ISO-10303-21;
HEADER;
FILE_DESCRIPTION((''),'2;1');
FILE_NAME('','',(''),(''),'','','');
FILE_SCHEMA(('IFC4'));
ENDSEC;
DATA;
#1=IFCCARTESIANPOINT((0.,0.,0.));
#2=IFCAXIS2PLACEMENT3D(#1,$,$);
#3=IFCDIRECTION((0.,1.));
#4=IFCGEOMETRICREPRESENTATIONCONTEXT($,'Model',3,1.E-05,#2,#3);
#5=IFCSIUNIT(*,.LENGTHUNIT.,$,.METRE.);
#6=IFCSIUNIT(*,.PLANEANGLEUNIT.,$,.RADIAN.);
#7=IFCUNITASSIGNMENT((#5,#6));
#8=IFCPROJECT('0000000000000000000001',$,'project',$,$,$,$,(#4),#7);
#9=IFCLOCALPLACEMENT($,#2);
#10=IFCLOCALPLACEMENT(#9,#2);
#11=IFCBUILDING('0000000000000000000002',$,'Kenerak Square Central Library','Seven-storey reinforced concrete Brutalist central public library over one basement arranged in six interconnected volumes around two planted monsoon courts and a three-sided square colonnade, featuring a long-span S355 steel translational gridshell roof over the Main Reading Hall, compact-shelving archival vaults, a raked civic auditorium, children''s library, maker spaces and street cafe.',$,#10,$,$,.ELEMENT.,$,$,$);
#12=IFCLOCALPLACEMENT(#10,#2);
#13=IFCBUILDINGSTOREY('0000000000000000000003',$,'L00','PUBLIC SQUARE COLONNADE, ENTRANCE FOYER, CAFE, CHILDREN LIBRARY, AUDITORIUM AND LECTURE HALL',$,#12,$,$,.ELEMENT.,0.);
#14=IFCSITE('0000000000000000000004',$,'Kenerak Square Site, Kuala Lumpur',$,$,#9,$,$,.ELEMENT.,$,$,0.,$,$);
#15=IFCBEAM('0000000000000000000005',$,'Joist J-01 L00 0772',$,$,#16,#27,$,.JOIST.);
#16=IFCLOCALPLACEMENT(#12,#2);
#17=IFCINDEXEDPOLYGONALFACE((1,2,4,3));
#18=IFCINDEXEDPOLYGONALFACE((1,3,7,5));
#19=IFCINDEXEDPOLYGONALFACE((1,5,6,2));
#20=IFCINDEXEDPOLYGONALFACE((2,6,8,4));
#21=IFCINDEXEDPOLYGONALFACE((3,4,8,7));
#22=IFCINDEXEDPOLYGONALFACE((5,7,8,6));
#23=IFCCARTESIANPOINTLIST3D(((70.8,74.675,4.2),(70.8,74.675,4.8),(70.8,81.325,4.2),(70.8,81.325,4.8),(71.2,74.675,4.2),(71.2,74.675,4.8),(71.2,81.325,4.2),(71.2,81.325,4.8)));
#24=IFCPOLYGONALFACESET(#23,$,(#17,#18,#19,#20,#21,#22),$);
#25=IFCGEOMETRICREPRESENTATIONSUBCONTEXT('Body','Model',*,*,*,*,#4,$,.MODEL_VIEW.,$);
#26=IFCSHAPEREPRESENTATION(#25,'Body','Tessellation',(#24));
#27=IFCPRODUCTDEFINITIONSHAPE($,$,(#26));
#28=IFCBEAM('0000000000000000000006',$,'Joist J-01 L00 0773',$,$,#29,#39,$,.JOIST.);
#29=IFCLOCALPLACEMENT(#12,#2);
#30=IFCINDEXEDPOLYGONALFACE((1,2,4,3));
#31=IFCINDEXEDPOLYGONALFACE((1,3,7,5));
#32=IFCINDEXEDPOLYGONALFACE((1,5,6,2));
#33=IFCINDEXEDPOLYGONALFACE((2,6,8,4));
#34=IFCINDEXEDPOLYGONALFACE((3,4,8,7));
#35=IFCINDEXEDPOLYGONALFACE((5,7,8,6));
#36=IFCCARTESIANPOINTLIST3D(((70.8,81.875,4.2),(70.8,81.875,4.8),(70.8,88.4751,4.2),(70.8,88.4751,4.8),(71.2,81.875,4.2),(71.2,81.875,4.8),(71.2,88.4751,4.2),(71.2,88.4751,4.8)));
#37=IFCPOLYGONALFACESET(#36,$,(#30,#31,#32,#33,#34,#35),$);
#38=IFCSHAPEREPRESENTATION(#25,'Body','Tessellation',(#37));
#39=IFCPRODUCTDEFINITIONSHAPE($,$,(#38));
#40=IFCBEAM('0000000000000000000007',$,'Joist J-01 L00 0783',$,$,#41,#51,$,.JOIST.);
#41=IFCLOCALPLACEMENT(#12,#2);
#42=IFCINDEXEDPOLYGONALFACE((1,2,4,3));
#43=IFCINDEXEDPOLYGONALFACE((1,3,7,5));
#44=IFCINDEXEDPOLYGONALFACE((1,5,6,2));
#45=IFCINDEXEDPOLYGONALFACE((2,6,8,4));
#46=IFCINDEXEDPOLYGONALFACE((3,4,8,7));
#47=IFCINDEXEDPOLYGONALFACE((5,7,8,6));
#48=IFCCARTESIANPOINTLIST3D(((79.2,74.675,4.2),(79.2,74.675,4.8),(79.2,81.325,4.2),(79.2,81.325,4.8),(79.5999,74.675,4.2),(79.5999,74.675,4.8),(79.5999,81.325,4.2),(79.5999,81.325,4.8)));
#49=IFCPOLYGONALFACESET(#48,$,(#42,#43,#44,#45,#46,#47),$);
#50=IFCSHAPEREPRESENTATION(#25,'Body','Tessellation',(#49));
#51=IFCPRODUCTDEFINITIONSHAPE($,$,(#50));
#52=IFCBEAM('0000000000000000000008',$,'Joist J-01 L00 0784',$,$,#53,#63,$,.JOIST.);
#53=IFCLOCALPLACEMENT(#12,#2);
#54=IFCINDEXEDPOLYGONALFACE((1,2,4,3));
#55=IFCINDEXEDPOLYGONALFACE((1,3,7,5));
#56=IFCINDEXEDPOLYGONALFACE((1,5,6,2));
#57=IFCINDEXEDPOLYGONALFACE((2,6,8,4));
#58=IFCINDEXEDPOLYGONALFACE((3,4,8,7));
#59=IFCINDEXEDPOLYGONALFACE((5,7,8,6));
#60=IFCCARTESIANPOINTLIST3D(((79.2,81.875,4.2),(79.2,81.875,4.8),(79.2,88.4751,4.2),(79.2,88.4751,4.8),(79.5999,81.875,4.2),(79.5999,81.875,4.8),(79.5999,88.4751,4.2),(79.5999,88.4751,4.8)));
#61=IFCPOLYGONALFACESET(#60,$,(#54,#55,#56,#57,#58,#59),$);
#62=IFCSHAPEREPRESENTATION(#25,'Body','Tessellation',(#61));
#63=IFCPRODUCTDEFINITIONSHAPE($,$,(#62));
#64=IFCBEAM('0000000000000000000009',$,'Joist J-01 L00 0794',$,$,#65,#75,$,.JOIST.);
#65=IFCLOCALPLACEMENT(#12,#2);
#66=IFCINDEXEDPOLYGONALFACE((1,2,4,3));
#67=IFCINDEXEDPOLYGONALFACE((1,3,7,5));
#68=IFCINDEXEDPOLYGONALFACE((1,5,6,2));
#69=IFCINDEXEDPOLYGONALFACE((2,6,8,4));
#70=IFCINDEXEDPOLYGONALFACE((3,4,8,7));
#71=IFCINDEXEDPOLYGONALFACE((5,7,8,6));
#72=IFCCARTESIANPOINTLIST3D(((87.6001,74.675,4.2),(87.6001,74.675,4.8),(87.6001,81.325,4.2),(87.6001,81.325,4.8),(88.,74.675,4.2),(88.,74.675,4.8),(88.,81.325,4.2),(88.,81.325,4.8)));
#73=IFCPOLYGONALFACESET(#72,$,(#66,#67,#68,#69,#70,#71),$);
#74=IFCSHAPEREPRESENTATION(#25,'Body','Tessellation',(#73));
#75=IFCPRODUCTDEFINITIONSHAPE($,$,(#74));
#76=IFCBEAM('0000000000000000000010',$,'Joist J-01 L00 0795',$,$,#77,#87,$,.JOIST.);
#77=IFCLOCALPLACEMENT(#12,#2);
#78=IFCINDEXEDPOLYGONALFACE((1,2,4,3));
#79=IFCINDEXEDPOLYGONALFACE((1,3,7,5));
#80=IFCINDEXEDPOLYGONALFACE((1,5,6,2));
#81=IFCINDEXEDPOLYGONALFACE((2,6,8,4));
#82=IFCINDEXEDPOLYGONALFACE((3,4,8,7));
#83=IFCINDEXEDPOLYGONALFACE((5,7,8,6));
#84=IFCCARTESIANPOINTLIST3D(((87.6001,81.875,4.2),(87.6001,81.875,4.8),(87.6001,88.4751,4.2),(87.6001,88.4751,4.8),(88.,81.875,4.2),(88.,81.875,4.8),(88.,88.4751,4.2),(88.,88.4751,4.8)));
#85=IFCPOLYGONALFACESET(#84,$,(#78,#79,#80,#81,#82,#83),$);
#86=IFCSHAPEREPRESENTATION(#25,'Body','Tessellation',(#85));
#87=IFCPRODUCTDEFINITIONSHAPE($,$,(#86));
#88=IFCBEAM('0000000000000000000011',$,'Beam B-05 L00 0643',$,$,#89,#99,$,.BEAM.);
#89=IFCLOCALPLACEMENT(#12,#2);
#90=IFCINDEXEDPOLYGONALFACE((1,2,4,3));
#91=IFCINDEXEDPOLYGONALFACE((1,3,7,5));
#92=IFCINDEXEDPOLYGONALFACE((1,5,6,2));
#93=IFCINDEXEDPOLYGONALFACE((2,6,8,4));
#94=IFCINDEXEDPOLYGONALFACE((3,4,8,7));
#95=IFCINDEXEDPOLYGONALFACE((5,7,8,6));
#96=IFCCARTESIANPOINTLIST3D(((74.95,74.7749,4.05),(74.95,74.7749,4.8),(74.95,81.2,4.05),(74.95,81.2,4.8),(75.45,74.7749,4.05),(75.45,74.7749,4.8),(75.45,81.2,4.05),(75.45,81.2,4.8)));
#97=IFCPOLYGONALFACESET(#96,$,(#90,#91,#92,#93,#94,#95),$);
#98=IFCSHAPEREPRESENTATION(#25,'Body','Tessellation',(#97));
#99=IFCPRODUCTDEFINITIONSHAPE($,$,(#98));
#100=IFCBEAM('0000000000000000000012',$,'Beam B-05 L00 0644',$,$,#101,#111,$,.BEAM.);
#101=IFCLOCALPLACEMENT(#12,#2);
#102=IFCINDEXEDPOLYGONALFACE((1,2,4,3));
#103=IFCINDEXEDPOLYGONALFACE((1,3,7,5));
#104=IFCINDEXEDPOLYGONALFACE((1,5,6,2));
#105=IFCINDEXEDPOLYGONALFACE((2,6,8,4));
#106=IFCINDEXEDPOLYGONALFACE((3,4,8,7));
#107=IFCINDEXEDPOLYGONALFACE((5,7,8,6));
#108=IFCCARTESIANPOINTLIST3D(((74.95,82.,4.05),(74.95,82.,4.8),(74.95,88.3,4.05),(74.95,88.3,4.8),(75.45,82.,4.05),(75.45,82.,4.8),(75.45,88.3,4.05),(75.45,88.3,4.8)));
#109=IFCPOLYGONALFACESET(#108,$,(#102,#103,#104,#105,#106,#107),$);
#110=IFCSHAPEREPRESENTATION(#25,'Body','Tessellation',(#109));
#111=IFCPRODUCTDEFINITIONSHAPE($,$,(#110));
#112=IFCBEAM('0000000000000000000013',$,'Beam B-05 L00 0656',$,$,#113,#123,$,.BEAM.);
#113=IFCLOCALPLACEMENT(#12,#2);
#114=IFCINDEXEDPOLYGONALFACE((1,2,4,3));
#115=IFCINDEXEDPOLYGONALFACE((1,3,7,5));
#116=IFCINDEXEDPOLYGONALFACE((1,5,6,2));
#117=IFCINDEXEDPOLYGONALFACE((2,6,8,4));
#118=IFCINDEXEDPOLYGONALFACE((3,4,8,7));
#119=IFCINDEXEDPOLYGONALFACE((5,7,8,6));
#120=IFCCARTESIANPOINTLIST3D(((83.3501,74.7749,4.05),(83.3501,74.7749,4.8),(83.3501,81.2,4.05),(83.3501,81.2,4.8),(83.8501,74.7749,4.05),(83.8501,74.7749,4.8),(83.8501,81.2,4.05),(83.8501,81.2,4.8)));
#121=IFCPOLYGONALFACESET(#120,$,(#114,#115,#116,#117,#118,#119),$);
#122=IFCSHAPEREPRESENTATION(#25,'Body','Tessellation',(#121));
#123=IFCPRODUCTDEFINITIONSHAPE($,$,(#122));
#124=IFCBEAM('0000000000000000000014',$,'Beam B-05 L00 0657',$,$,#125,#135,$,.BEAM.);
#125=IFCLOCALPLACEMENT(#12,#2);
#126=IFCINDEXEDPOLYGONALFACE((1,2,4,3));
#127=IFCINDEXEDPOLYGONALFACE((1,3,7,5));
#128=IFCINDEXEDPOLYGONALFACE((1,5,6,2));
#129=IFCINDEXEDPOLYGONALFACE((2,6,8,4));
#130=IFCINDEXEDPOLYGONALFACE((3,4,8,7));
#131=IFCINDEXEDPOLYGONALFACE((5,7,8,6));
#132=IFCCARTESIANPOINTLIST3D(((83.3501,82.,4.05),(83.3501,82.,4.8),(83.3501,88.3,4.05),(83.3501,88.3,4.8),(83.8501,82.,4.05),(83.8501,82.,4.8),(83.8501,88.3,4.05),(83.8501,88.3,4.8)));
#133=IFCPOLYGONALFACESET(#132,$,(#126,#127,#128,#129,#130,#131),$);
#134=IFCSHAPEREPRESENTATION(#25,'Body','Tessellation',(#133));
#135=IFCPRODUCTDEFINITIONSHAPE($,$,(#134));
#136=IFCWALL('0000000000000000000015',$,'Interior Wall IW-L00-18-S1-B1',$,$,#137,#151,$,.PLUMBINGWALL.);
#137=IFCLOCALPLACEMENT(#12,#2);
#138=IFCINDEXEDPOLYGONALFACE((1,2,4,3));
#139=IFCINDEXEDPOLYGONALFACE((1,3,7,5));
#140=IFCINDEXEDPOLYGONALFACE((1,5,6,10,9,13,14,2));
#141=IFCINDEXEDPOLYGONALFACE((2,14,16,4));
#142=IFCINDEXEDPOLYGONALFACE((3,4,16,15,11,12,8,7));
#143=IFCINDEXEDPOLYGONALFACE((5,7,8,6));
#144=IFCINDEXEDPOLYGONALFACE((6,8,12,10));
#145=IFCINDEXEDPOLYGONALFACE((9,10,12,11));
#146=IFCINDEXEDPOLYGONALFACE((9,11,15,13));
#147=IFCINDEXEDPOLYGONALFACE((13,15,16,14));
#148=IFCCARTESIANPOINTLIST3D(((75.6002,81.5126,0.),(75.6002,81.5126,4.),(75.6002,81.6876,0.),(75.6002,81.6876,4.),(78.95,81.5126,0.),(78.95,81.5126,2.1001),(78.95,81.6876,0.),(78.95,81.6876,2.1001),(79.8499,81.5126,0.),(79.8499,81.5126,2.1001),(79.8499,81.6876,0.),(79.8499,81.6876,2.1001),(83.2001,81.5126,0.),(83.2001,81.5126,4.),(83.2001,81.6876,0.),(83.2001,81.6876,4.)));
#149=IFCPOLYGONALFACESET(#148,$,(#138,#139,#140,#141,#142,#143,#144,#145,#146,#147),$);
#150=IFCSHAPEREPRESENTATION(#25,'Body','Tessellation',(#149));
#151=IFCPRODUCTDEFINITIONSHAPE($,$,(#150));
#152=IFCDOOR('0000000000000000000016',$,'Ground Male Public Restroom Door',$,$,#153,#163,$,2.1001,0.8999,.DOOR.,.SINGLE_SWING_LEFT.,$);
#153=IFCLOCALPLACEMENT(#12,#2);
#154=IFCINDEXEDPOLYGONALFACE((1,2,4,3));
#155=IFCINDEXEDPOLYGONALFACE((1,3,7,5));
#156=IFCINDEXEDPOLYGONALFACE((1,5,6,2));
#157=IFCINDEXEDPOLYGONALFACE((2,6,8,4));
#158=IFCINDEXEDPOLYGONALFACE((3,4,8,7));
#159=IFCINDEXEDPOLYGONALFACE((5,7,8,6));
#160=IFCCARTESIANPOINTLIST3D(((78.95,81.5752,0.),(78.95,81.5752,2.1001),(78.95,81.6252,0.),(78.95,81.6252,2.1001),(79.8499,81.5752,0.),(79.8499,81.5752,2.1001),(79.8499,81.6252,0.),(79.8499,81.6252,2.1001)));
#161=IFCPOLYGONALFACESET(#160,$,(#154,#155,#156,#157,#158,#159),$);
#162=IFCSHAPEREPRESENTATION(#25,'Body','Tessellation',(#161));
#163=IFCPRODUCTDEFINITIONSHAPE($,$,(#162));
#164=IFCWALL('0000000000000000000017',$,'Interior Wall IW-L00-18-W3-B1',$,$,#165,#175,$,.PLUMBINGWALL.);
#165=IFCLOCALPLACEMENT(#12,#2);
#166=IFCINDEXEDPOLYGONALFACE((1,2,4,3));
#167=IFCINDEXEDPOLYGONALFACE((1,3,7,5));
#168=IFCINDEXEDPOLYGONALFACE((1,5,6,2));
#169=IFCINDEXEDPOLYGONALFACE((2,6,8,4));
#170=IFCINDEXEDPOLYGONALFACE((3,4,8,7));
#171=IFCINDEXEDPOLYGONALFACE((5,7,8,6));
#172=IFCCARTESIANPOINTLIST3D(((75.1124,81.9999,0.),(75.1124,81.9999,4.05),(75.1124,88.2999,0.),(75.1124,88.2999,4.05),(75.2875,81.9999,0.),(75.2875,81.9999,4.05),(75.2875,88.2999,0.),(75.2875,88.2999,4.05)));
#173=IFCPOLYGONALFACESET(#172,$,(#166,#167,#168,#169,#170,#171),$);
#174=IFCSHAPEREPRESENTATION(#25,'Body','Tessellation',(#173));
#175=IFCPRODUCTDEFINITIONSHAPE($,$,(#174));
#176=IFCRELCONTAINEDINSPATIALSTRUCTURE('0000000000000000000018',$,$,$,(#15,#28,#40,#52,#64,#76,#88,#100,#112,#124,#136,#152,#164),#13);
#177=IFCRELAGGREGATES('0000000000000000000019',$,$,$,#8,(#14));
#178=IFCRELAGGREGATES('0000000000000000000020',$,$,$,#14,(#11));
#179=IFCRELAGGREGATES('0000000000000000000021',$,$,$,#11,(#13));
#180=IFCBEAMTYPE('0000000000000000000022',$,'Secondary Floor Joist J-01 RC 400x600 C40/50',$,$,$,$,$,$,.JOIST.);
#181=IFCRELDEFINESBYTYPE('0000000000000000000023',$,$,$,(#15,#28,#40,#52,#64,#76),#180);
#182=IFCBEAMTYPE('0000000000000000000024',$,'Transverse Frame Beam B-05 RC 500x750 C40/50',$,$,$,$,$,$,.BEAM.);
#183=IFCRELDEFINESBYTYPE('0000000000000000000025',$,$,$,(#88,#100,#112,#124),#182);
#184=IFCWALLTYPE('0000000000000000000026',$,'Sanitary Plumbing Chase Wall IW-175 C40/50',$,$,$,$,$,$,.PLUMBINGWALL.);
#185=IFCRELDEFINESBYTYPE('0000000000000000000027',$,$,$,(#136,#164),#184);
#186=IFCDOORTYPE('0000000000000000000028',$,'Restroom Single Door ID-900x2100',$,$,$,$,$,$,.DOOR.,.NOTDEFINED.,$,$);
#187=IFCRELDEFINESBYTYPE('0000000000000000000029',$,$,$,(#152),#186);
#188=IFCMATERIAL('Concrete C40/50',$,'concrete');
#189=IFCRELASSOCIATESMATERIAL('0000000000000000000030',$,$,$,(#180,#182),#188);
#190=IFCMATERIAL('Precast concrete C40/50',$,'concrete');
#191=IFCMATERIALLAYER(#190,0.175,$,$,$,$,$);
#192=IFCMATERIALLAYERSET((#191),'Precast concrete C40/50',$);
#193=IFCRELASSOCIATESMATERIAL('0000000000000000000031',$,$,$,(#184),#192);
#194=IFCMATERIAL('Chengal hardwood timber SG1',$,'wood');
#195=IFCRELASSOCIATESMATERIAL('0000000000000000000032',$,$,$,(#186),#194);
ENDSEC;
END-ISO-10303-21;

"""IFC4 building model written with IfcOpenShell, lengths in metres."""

from ifc_helpers import new_model, si_unit, direction, frame, frame_2d, origin, origin_2d, place, context, subcontext, project, spatial, rectangle, extrude, material, layer, layer_set, material_profile, profile_set, type_object, element, fill, save


model = new_model("IFC4")

# Units and contexts
model_context = context("Model", 3, precision=1e-05, world=origin(), true_north=direction((0.0, 1.0)))
body_context = subcontext(model_context, "Body", "Model", "MODEL_VIEW")
ifc_project = project(units=[si_unit("LENGTHUNIT", "METRE"), si_unit("PLANEANGLEUNIT", "RADIAN")], contexts=[model_context])

# Site, building, storey
site_placement = place(None, origin())
site = spatial("IfcSite", under=ifc_project, at=site_placement, Name="Kenerak Square Site, Kuala Lumpur", CompositionType="ELEMENT", RefElevation=0.0)
building_placement = place(site_placement, origin())
building = spatial("IfcBuilding", under=site, at=building_placement, Name="Kenerak Square Central Library", Description="Seven-storey reinforced concrete Brutalist central public library over one basement arranged in six interconnected volumes around two planted monsoon courts and a three-sided square colonnade, featuring a long-span S355 steel translational gridshell roof over the Main Reading Hall, compact-shelving archival vaults, a raked civic auditorium, children's library, maker spaces and street cafe.", CompositionType="ELEMENT")
storey_placement = place(building_placement, origin())
storey = spatial("IfcBuildingStorey", under=building, at=storey_placement, Name="L00", Description="PUBLIC SQUARE COLONNADE, ENTRANCE FOYER, CAFE, CHILDREN LIBRARY, AUDITORIUM AND LECTURE HALL", CompositionType="ELEMENT", Elevation=0.0)

# Shared definitions
ifc_material_1 = material(Name="Concrete C40/50", Category="concrete")

# Beams
ifc_material_profile_1 = material_profile(ifc_material_1, rectangle(XDim=0.3999, YDim=0.6001, at=origin_2d()), Name="RC 400x600")
ifc_profile_set_1 = profile_set([ifc_material_profile_1], Name="Concrete C40/50")
beam_type_1 = type_object("IfcBeamType", Name="Secondary Floor Joist J-01 RC 400x600 C40/50", PredefinedType="JOIST", material=ifc_profile_set_1)
beam_1_placement = place(storey_placement, frame((71.0, 74.675, 4.5), z_axis=(0.0, 1.0, 0.0), x_axis=(-1.0, 0.0, 0.0)))
element("IfcBeam", 1, at=beam_1_placement, inside=storey, type_object=beam_type_1, Name="Joist J-01 L00 0772", PredefinedType="JOIST", context=body_context, shape_type="SweptSolid", body=[
    extrude(rectangle(XDim=0.3999, YDim=0.6001, at=origin_2d()), origin(), (0.0, 0.0, 1.0), 6.6499),
])
beam_2_placement = place(storey_placement, frame((71.0, 81.875, 4.5), z_axis=(0.0, 1.0, 0.0), x_axis=(-1.0, 0.0, 0.0)))
element("IfcBeam", 2, at=beam_2_placement, inside=storey, type_object=beam_type_1, Name="Joist J-01 L00 0773", PredefinedType="JOIST", context=body_context, shape_type="SweptSolid", body=[
    extrude(rectangle(XDim=0.3999, YDim=0.6001, at=origin_2d()), origin(), (0.0, 0.0, 1.0), 6.6001),
])
beam_3_placement = place(storey_placement, frame((79.3999, 74.675, 4.5), z_axis=(0.0, 1.0, 0.0), x_axis=(-1.0, 0.0, 0.0)))
element("IfcBeam", 3, at=beam_3_placement, inside=storey, type_object=beam_type_1, Name="Joist J-01 L00 0783", PredefinedType="JOIST", context=body_context, shape_type="SweptSolid", body=[
    extrude(rectangle(XDim=0.3999, YDim=0.6001, at=origin_2d()), origin(), (0.0, 0.0, 1.0), 6.6499),
])
beam_4_placement = place(storey_placement, frame((79.3999, 81.875, 4.5), z_axis=(0.0, 1.0, 0.0), x_axis=(-1.0, 0.0, 0.0)))
element("IfcBeam", 4, at=beam_4_placement, inside=storey, type_object=beam_type_1, Name="Joist J-01 L00 0784", PredefinedType="JOIST", context=body_context, shape_type="SweptSolid", body=[
    extrude(rectangle(XDim=0.3999, YDim=0.6001, at=origin_2d()), origin(), (0.0, 0.0, 1.0), 6.6001),
])
beam_5_placement = place(storey_placement, frame((87.8, 74.675, 4.5), z_axis=(0.0, 1.0, 0.0), x_axis=(-1.0, 0.0, 0.0)))
element("IfcBeam", 5, at=beam_5_placement, inside=storey, type_object=beam_type_1, Name="Joist J-01 L00 0794", PredefinedType="JOIST", context=body_context, shape_type="SweptSolid", body=[
    extrude(rectangle(XDim=0.3999, YDim=0.6001, at=origin_2d()), origin(), (0.0, 0.0, 1.0), 6.6499),
])
beam_6_placement = place(storey_placement, frame((87.8, 81.875, 4.5), z_axis=(0.0, 1.0, 0.0), x_axis=(-1.0, 0.0, 0.0)))
element("IfcBeam", 6, at=beam_6_placement, inside=storey, type_object=beam_type_1, Name="Joist J-01 L00 0795", PredefinedType="JOIST", context=body_context, shape_type="SweptSolid", body=[
    extrude(rectangle(XDim=0.3999, YDim=0.6001, at=origin_2d()), origin(), (0.0, 0.0, 1.0), 6.6001),
])
ifc_material_profile_2 = material_profile(ifc_material_1, rectangle(XDim=0.5, YDim=0.75, at=origin_2d()), Name="RC 500x750")
ifc_profile_set_2 = profile_set([ifc_material_profile_2], Name="Concrete C40/50")
beam_type_2 = type_object("IfcBeamType", Name="Transverse Frame Beam B-05 RC 500x750 C40/50", PredefinedType="BEAM", material=ifc_profile_set_2)
beam_7_placement = place(storey_placement, frame((75.2, 74.7749, 4.425), z_axis=(0.0, 1.0, 0.0), x_axis=(-1.0, 0.0, 0.0)))
element("IfcBeam", 7, at=beam_7_placement, inside=storey, type_object=beam_type_2, Name="Beam B-05 L00 0643", PredefinedType="BEAM", context=body_context, shape_type="SweptSolid", body=[
    extrude(rectangle(XDim=0.5, YDim=0.75, at=origin_2d()), origin(), (0.0, 0.0, 1.0), 6.425),
])
beam_8_placement = place(storey_placement, frame((75.2, 82.0, 4.425), z_axis=(0.0, 1.0, 0.0), x_axis=(-1.0, 0.0, 0.0)))
element("IfcBeam", 8, at=beam_8_placement, inside=storey, type_object=beam_type_2, Name="Beam B-05 L00 0644", PredefinedType="BEAM", context=body_context, shape_type="SweptSolid", body=[
    extrude(rectangle(XDim=0.5, YDim=0.75, at=origin_2d()), origin(), (0.0, 0.0, 1.0), 6.3),
])
beam_9_placement = place(storey_placement, frame((83.6001, 74.7749, 4.425), z_axis=(0.0, 1.0, 0.0), x_axis=(-1.0, 0.0, 0.0)))
element("IfcBeam", 9, at=beam_9_placement, inside=storey, type_object=beam_type_2, Name="Beam B-05 L00 0656", PredefinedType="BEAM", context=body_context, shape_type="SweptSolid", body=[
    extrude(rectangle(XDim=0.5, YDim=0.75, at=origin_2d()), origin(), (0.0, 0.0, 1.0), 6.425),
])
beam_10_placement = place(storey_placement, frame((83.6001, 82.0, 4.425), z_axis=(0.0, 1.0, 0.0), x_axis=(-1.0, 0.0, 0.0)))
element("IfcBeam", 10, at=beam_10_placement, inside=storey, type_object=beam_type_2, Name="Beam B-05 L00 0657", PredefinedType="BEAM", context=body_context, shape_type="SweptSolid", body=[
    extrude(rectangle(XDim=0.5, YDim=0.75, at=origin_2d()), origin(), (0.0, 0.0, 1.0), 6.3),
])

# Wall, opening, door
ifc_material_2 = material(Name="Precast concrete C40/50", Category="concrete")
ifc_layer = layer(ifc_material_2, 0.175)
ifc_layer_set = layer_set([ifc_layer], Name="Precast concrete C40/50")
wall_type = type_object("IfcWallType", Name="Sanitary Plumbing Chase Wall IW-175 C40/50", PredefinedType="PLUMBINGWALL", material=ifc_layer_set)
wall_1_placement = place(storey_placement, frame((83.2, 81.6001, 0.0), z_axis=(0.0, 0.0, 1.0), x_axis=(-1.0, 0.0, 0.0)))
wall_1 = element("IfcWall", 11, at=wall_1_placement, inside=storey, type_object=wall_type, Name="Interior Wall IW-L00-18-S1-B1", PredefinedType="PLUMBINGWALL", context=body_context, shape_type="SweptSolid", body=[
    extrude(rectangle(XDim=7.5999, YDim=0.175, at=frame_2d((3.7998, 0.0))), origin(), (0.0, 0.0, 1.0), 4.0),
])
opening_placement = place(wall_1_placement, frame((3.3501, 0.0, 0.0)))
opening = element("IfcOpeningElement", 12, at=opening_placement, cuts=wall_1, PredefinedType="OPENING", context=body_context, shape_type="SweptSolid", body=[
    extrude(rectangle(XDim=0.8999, YDim=2.1001, at=frame_2d((0.45, 1.05))), frame((0.0, 0.0974, 0.0), z_axis=(0.0, -1.0, 0.0), x_axis=(1.0, 0.0, 0.0)), (0.0, 0.0, 1.0), 0.1951),
])
ifc_material_3 = material(Name="Chengal hardwood timber SG1", Category="wood")
door_type = type_object("IfcDoorType", Name="Restroom Single Door ID-900x2100", OperationType="NOTDEFINED", PredefinedType="DOOR", material=ifc_material_3)
door_placement = place(opening_placement, origin())
door = element("IfcDoor", 13, at=door_placement, inside=storey, type_object=door_type, Name="Ground Male Public Restroom Door", OperationType="SINGLE_SWING_LEFT", OverallHeight=2.1001, OverallWidth=0.8999, PredefinedType="DOOR", context=body_context, shape_type="SweptSolid", body=[
    extrude(rectangle(XDim=0.8999, YDim=2.1001, at=frame_2d((0.45, 1.05))), frame((0.0, 0.0249, 0.0), z_axis=(0.0, -1.0, 0.0), x_axis=(1.0, 0.0, 0.0)), (0.0, 0.0, 1.0), 0.05),
])
fill(opening, door)

# Wall
wall_2_placement = place(storey_placement, frame((75.2, 82.0, 0.0), z_axis=(0.0, 0.0, 1.0), x_axis=(0.0, 1.0, 0.0)))
element("IfcWall", 14, at=wall_2_placement, inside=storey, type_object=wall_type, Name="Interior Wall IW-L00-18-W3-B1", PredefinedType="PLUMBINGWALL", context=body_context, shape_type="SweptSolid", body=[
    extrude(rectangle(XDim=6.3, YDim=0.175, at=frame_2d((3.1499, 0.0))), origin(), (0.0, 0.0, 1.0), 4.05),
])

save(model, "model.ifc")
